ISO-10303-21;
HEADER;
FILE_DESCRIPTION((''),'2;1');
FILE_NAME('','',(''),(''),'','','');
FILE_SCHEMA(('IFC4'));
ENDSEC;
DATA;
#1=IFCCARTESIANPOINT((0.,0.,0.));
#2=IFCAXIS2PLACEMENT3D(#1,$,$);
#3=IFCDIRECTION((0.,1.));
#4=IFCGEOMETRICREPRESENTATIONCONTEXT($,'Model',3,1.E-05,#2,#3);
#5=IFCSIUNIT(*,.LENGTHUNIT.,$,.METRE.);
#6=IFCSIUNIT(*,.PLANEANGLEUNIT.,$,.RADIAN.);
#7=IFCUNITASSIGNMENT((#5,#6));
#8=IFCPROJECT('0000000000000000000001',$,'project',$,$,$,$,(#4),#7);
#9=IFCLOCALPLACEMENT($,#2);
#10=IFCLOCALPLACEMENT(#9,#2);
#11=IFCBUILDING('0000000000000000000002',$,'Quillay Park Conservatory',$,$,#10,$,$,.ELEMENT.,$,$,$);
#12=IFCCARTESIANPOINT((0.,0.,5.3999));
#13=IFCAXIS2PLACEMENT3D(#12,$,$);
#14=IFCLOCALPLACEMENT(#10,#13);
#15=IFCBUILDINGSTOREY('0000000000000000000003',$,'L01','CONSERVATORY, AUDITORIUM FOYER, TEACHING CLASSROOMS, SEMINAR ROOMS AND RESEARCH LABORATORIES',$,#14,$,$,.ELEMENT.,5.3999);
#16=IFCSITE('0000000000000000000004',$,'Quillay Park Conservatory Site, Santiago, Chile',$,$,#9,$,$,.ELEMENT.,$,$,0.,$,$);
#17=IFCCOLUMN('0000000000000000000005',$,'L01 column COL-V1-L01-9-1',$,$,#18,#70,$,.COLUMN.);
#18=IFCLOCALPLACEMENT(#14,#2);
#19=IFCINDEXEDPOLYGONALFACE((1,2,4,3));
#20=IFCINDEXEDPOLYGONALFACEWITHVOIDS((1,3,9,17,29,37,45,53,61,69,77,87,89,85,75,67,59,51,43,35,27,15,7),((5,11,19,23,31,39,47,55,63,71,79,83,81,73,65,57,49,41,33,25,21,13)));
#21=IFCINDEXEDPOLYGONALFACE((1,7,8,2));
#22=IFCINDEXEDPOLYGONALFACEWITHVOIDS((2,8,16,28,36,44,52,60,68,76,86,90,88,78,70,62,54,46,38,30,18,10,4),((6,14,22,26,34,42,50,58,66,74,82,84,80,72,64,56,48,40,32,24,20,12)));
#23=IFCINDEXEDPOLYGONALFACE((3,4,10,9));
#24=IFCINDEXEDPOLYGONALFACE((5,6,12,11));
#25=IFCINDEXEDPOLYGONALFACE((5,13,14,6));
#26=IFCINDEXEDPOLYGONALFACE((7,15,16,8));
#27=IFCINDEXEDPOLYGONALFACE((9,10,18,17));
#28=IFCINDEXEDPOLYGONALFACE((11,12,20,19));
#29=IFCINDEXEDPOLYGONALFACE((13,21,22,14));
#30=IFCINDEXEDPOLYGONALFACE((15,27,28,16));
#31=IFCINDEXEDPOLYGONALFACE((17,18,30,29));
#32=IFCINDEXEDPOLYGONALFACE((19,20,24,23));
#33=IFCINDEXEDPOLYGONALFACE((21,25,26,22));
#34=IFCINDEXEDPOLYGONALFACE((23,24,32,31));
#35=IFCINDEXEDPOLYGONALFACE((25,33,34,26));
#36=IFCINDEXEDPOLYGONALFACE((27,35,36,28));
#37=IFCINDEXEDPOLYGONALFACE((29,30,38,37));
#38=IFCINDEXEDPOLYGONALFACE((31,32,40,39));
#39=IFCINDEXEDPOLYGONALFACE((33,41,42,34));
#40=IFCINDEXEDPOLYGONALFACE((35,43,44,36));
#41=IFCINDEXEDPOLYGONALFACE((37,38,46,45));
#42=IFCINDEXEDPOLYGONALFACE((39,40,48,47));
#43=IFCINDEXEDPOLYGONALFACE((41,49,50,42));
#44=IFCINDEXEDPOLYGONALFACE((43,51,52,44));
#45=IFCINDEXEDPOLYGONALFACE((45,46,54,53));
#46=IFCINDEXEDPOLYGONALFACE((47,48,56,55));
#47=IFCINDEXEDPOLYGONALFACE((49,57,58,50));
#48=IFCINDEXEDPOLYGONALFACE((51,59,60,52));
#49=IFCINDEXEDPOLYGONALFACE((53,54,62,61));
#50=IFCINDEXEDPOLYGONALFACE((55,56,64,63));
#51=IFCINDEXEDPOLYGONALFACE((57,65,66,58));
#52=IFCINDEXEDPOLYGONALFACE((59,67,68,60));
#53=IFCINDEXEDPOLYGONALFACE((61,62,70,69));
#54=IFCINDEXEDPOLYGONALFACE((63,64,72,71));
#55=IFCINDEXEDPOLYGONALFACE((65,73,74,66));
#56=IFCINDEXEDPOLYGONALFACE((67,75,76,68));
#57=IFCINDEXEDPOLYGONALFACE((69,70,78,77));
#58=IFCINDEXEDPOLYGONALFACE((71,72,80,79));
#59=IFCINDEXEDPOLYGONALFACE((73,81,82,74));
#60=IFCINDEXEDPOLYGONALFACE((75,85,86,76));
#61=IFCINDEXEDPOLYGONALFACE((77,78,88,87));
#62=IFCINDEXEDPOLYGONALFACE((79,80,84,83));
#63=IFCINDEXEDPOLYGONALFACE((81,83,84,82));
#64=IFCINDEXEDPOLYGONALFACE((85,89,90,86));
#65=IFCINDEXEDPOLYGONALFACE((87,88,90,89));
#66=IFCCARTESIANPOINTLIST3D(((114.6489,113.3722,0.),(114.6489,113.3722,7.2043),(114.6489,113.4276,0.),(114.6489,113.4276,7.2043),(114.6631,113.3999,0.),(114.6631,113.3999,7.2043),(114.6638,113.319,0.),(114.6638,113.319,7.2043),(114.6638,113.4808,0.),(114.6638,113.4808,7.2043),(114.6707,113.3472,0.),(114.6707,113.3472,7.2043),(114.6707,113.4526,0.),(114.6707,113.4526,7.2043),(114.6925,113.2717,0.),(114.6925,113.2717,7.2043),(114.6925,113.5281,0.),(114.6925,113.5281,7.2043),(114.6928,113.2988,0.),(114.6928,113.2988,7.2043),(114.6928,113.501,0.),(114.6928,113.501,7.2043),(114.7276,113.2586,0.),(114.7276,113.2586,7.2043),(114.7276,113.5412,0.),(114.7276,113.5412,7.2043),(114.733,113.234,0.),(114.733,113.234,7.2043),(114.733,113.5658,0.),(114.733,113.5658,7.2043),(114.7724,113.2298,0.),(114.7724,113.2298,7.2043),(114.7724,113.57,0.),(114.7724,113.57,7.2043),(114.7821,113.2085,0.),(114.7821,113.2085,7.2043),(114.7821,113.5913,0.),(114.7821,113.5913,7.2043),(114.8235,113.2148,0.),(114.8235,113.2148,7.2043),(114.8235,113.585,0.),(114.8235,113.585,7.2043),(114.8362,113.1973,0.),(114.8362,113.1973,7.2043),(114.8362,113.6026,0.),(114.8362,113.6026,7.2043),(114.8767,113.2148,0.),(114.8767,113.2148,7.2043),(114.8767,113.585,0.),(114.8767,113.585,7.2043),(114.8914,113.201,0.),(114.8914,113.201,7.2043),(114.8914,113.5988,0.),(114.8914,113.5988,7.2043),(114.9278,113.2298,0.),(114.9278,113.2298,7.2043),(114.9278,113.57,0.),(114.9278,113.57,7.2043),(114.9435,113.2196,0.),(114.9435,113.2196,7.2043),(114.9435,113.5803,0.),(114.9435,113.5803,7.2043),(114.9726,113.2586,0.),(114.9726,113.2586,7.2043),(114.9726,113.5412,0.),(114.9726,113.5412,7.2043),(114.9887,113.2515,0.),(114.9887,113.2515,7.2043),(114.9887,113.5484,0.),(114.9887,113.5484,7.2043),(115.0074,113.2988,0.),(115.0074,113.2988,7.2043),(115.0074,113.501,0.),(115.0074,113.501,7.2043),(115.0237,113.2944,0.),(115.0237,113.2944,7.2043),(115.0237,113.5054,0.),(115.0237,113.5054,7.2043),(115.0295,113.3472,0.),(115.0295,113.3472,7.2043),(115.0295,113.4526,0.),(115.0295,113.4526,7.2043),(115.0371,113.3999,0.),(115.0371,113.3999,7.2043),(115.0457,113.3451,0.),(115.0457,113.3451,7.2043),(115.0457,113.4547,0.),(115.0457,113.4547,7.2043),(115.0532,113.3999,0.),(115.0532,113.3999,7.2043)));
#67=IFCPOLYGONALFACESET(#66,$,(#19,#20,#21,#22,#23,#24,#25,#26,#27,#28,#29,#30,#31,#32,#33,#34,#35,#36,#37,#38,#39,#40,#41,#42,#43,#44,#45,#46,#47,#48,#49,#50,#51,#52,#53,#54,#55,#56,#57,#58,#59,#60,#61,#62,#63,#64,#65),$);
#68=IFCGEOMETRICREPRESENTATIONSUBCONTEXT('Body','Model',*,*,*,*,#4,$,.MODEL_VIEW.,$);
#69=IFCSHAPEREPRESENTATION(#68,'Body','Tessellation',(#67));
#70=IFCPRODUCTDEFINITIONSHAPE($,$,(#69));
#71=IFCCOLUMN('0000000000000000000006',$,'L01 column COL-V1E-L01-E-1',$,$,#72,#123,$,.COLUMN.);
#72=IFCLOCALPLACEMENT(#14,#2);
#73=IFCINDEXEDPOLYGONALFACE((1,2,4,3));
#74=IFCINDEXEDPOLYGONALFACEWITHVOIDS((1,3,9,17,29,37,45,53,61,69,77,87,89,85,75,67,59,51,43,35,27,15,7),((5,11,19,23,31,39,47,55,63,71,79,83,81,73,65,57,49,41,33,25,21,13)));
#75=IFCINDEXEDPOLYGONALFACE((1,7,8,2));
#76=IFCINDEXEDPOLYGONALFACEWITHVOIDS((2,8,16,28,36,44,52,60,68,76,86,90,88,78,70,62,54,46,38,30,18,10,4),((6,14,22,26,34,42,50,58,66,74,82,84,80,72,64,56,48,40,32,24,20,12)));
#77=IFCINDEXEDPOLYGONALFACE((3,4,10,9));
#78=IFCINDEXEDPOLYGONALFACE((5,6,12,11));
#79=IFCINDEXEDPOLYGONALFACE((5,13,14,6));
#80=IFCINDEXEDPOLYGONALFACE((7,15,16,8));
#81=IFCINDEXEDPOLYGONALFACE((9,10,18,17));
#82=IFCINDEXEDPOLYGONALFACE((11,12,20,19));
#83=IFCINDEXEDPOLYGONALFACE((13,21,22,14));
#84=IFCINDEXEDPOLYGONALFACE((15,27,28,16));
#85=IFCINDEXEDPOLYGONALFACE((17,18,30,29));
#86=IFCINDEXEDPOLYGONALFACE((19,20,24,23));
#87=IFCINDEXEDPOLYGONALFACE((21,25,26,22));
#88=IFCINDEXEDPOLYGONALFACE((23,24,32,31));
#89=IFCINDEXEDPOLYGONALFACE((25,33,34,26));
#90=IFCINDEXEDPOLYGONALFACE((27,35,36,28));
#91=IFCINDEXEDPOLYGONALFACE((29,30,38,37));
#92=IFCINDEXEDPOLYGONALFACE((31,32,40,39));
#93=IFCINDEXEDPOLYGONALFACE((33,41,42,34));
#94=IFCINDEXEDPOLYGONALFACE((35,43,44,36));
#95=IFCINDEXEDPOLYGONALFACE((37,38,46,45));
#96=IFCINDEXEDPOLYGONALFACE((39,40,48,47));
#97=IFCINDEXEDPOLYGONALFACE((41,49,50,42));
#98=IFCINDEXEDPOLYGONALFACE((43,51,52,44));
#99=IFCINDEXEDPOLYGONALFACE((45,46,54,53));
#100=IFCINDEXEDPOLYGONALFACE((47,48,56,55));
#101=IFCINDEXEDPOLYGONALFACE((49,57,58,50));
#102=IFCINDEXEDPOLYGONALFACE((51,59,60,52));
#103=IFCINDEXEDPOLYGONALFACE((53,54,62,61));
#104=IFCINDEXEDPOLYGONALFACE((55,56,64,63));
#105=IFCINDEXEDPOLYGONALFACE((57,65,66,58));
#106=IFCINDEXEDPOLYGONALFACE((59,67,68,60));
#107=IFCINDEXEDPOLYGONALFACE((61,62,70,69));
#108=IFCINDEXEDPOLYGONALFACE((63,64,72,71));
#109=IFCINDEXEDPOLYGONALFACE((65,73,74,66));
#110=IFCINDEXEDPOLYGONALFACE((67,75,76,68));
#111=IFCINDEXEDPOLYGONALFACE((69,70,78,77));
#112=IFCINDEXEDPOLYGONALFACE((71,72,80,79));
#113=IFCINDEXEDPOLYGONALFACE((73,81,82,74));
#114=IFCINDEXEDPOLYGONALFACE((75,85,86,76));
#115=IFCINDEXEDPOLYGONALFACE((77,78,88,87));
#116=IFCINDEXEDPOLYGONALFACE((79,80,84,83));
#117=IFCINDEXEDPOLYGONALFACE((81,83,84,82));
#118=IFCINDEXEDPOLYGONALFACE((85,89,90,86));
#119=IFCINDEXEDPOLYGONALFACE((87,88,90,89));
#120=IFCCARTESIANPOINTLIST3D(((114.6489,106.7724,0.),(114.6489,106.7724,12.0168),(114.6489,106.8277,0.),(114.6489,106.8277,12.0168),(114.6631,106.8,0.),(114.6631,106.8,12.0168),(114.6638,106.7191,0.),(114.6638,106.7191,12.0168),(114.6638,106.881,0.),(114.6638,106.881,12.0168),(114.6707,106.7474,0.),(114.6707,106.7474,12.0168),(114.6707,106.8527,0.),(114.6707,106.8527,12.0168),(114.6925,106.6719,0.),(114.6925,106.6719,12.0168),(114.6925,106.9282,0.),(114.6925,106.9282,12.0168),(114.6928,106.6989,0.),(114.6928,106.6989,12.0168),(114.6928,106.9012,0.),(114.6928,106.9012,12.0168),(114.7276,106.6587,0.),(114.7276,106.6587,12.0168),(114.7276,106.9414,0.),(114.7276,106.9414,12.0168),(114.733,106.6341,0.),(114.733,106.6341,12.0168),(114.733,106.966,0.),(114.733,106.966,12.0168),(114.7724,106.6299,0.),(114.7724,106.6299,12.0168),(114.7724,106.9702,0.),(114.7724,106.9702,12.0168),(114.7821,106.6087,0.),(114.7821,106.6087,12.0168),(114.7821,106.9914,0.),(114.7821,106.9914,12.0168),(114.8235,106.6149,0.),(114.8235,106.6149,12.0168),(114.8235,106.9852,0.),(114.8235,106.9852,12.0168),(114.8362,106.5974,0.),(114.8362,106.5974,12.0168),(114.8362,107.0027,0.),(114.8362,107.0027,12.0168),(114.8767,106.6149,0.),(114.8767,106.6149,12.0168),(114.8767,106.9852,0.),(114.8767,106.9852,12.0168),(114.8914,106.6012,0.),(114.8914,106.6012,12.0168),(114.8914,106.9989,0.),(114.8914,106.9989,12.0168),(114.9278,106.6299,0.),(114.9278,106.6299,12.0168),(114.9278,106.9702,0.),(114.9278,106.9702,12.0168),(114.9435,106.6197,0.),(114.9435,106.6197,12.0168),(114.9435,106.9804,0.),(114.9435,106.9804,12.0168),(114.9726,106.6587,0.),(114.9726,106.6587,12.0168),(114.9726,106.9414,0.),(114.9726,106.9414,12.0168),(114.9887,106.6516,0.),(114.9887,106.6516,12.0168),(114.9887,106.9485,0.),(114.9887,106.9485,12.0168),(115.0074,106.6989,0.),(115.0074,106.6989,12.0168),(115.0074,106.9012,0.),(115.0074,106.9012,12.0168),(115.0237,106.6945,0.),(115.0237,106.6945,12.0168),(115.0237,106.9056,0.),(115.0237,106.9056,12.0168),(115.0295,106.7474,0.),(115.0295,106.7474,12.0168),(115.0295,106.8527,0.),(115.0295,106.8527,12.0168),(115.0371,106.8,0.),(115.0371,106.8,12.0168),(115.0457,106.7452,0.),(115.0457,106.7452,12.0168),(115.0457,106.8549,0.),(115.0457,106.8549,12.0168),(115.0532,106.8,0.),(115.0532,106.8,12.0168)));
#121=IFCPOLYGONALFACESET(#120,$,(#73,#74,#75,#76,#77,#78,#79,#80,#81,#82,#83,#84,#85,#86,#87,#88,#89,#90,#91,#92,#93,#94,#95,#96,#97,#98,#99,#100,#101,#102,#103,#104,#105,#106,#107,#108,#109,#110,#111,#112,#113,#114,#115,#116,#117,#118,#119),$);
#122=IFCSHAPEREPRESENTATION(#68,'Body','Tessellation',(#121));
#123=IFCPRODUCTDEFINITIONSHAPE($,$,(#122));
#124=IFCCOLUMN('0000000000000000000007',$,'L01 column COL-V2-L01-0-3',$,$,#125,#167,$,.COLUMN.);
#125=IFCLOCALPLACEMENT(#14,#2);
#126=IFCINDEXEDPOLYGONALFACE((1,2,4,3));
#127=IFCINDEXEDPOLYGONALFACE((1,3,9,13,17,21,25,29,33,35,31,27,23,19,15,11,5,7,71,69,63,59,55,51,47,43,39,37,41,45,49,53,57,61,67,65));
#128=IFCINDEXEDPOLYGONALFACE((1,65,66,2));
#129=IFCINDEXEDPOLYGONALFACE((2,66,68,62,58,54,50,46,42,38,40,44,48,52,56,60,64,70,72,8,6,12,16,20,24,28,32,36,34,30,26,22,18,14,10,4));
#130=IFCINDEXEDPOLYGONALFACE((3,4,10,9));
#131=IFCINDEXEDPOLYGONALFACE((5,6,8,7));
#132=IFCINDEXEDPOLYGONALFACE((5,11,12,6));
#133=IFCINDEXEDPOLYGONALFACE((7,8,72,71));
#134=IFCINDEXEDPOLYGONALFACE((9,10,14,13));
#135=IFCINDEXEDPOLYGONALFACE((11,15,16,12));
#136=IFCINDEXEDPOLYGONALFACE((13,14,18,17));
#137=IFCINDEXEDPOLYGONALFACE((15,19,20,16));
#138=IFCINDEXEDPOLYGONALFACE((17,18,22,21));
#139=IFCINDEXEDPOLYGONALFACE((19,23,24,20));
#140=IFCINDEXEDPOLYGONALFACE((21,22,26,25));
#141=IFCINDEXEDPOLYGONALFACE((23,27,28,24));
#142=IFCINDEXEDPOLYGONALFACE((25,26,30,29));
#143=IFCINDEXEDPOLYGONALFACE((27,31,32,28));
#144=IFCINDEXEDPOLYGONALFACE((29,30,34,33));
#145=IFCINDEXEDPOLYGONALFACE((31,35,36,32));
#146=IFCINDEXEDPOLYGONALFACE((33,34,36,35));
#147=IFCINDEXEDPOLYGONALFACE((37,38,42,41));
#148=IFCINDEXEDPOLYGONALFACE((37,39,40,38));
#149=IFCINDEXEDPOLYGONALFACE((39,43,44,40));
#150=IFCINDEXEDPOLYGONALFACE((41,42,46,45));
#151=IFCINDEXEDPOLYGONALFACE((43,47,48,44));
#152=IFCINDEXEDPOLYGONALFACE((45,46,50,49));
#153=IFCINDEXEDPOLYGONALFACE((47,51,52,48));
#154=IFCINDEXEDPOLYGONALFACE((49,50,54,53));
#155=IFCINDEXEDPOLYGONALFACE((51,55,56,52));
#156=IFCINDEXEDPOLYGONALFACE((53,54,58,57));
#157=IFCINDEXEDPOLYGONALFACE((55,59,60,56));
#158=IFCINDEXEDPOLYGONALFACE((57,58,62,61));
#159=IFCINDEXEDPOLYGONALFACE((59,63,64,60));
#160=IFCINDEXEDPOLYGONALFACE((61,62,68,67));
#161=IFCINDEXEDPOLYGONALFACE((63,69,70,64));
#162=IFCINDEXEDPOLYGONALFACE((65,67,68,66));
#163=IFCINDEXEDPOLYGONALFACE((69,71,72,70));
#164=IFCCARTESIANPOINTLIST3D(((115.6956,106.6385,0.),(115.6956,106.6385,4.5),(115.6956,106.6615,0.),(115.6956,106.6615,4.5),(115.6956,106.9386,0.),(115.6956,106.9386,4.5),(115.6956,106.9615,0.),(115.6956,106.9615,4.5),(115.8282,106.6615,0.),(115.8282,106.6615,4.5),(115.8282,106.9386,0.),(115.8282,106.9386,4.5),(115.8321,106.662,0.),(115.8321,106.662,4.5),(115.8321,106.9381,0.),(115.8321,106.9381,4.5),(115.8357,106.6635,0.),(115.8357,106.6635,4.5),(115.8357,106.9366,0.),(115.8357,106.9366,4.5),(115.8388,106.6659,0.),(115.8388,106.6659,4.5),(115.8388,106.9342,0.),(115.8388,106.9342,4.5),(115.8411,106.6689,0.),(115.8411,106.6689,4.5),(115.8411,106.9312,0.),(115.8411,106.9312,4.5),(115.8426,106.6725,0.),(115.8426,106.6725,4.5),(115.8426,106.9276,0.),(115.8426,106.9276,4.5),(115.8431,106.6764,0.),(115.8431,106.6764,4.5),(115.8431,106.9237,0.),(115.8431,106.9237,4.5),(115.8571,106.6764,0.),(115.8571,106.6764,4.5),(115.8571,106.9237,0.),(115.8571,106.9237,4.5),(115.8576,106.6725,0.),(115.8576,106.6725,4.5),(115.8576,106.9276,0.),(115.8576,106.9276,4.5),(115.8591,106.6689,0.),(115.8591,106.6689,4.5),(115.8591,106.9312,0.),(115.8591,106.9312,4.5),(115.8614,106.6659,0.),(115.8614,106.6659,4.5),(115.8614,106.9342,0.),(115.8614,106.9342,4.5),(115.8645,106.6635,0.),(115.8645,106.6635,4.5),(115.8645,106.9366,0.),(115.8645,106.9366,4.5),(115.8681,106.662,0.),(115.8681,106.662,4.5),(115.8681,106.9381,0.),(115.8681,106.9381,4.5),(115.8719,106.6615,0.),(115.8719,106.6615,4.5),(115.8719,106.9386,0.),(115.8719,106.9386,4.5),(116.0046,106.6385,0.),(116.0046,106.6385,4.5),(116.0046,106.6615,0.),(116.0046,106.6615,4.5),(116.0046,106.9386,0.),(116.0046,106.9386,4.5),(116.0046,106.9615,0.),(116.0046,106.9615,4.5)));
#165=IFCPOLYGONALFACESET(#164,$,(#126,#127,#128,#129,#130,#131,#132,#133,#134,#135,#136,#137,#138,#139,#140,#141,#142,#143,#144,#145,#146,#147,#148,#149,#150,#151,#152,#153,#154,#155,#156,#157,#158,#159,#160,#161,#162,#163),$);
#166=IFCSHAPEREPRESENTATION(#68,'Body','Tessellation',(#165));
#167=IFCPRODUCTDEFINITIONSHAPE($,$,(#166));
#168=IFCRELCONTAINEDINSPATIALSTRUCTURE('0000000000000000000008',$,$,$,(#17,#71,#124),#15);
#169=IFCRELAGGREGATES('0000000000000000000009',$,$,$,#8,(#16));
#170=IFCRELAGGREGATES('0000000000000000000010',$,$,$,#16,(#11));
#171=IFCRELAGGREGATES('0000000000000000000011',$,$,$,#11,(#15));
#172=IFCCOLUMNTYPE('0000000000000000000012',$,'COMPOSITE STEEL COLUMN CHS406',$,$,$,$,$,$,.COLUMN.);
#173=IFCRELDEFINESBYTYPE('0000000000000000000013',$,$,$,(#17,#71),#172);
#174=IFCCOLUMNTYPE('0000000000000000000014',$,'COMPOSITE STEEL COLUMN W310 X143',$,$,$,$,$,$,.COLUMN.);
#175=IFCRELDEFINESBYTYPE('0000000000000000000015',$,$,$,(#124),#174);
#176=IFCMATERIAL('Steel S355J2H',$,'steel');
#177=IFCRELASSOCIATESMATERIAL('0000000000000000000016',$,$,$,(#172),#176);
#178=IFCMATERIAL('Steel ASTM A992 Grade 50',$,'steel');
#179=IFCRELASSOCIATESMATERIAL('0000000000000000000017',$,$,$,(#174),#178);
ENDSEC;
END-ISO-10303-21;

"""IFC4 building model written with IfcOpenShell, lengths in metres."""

from ifc_helpers import new_model, si_unit, direction, frame, origin, origin_2d, place, context, subcontext, project, spatial, hollow_circle, i_section, extrude, material, material_profile, profile_set, type_object, element, save


model = new_model("IFC4")

# Units and contexts
model_context = context("Model", 3, precision=1e-05, world=origin(), true_north=direction((0.0, 1.0)))
body_context = subcontext(model_context, "Body", "Model", "MODEL_VIEW")
ifc_project = project(units=[si_unit("LENGTHUNIT", "METRE"), si_unit("PLANEANGLEUNIT", "RADIAN")], contexts=[model_context])

# Site, building, storey
site_placement = place(None, origin())
site = spatial("IfcSite", under=ifc_project, at=site_placement, Name="Quillay Park Conservatory Site, Santiago, Chile", CompositionType="ELEMENT", RefElevation=0.0)
building_placement = place(site_placement, origin())
building = spatial("IfcBuilding", under=site, at=building_placement, Name="Quillay Park Conservatory", CompositionType="ELEMENT")
storey_placement = place(building_placement, frame((0.0, 0.0, 5.3999)))
storey = spatial("IfcBuildingStorey", under=building, at=storey_placement, Name="L01", Description="CONSERVATORY, AUDITORIUM FOYER, TEACHING CLASSROOMS, SEMINAR ROOMS AND RESEARCH LABORATORIES", CompositionType="ELEMENT", Elevation=5.3999)

# Columns
ifc_material_1 = material(Name="Steel S355J2H", Category="steel")
ifc_material_profile_1 = material_profile(ifc_material_1, hollow_circle(Radius=0.2031, WallThickness=0.0161, at=origin_2d()), Name="CHS406.4x16")
ifc_profile_set_1 = profile_set([ifc_material_profile_1], Name="Steel S355J2H")
column_type_1 = type_object("IfcColumnType", Name="COMPOSITE STEEL COLUMN CHS406", PredefinedType="COLUMN", material=ifc_profile_set_1)
column_1_placement = place(storey_placement, frame((114.8501, 113.3999, 0.0), z_axis=(0.0, 0.0, 1.0), x_axis=(1.0, 0.0, 0.0)))
element("IfcColumn", 1, at=column_1_placement, inside=storey, type_object=column_type_1, Name="L01 column COL-V1-L01-9-1", PredefinedType="COLUMN", context=body_context, shape_type="SweptSolid", body=[
    extrude(hollow_circle(Radius=0.2031, WallThickness=0.0161, at=origin_2d()), origin(), (0.0, 0.0, 1.0), 7.2043),
])
column_2_placement = place(storey_placement, frame((114.8501, 106.8, 0.0), z_axis=(0.0, 0.0, 1.0), x_axis=(1.0, 0.0, 0.0)))
element("IfcColumn", 2, at=column_2_placement, inside=storey, type_object=column_type_1, Name="L01 column COL-V1E-L01-E-1", PredefinedType="COLUMN", context=body_context, shape_type="SweptSolid", body=[
    extrude(hollow_circle(Radius=0.2031, WallThickness=0.0161, at=origin_2d()), origin(), (0.0, 0.0, 1.0), 12.0168),
])
ifc_material_2 = material(Name="Steel ASTM A992 Grade 50", Category="steel")
ifc_material_profile_2 = material_profile(ifc_material_2, i_section(OverallWidth=0.3091, OverallDepth=0.323, WebThickness=0.0139, FlangeThickness=0.0229, FilletRadius=0.0149, at=origin_2d()), Name="W310x143")
ifc_profile_set_2 = profile_set([ifc_material_profile_2], Name="Steel ASTM A992 Grade 50")
column_type_2 = type_object("IfcColumnType", Name="COMPOSITE STEEL COLUMN W310 X143", PredefinedType="COLUMN", material=ifc_profile_set_2)
for number, where, z_axis, x_axis, name in (
    (3, (115.8501, 106.8, 0.0), (0.0, 0.0, 1.0), (1.0, 0.0, 0.0), "L01 column COL-V2-L01-0-3"),
):
    element("IfcColumn", number, at=place(storey_placement, frame(where, z_axis=z_axis, x_axis=x_axis)), inside=storey, type_object=column_type_2, Name=name, PredefinedType="COLUMN", context=body_context, shape_type="SweptSolid", body=[
        extrude(i_section(OverallWidth=0.3091, OverallDepth=0.323, WebThickness=0.0139, FlangeThickness=0.0229, FilletRadius=0.0149, at=origin_2d()), origin(), (0.0, 0.0, 1.0), 4.5),
    ])

save(model, "model.ifc")
